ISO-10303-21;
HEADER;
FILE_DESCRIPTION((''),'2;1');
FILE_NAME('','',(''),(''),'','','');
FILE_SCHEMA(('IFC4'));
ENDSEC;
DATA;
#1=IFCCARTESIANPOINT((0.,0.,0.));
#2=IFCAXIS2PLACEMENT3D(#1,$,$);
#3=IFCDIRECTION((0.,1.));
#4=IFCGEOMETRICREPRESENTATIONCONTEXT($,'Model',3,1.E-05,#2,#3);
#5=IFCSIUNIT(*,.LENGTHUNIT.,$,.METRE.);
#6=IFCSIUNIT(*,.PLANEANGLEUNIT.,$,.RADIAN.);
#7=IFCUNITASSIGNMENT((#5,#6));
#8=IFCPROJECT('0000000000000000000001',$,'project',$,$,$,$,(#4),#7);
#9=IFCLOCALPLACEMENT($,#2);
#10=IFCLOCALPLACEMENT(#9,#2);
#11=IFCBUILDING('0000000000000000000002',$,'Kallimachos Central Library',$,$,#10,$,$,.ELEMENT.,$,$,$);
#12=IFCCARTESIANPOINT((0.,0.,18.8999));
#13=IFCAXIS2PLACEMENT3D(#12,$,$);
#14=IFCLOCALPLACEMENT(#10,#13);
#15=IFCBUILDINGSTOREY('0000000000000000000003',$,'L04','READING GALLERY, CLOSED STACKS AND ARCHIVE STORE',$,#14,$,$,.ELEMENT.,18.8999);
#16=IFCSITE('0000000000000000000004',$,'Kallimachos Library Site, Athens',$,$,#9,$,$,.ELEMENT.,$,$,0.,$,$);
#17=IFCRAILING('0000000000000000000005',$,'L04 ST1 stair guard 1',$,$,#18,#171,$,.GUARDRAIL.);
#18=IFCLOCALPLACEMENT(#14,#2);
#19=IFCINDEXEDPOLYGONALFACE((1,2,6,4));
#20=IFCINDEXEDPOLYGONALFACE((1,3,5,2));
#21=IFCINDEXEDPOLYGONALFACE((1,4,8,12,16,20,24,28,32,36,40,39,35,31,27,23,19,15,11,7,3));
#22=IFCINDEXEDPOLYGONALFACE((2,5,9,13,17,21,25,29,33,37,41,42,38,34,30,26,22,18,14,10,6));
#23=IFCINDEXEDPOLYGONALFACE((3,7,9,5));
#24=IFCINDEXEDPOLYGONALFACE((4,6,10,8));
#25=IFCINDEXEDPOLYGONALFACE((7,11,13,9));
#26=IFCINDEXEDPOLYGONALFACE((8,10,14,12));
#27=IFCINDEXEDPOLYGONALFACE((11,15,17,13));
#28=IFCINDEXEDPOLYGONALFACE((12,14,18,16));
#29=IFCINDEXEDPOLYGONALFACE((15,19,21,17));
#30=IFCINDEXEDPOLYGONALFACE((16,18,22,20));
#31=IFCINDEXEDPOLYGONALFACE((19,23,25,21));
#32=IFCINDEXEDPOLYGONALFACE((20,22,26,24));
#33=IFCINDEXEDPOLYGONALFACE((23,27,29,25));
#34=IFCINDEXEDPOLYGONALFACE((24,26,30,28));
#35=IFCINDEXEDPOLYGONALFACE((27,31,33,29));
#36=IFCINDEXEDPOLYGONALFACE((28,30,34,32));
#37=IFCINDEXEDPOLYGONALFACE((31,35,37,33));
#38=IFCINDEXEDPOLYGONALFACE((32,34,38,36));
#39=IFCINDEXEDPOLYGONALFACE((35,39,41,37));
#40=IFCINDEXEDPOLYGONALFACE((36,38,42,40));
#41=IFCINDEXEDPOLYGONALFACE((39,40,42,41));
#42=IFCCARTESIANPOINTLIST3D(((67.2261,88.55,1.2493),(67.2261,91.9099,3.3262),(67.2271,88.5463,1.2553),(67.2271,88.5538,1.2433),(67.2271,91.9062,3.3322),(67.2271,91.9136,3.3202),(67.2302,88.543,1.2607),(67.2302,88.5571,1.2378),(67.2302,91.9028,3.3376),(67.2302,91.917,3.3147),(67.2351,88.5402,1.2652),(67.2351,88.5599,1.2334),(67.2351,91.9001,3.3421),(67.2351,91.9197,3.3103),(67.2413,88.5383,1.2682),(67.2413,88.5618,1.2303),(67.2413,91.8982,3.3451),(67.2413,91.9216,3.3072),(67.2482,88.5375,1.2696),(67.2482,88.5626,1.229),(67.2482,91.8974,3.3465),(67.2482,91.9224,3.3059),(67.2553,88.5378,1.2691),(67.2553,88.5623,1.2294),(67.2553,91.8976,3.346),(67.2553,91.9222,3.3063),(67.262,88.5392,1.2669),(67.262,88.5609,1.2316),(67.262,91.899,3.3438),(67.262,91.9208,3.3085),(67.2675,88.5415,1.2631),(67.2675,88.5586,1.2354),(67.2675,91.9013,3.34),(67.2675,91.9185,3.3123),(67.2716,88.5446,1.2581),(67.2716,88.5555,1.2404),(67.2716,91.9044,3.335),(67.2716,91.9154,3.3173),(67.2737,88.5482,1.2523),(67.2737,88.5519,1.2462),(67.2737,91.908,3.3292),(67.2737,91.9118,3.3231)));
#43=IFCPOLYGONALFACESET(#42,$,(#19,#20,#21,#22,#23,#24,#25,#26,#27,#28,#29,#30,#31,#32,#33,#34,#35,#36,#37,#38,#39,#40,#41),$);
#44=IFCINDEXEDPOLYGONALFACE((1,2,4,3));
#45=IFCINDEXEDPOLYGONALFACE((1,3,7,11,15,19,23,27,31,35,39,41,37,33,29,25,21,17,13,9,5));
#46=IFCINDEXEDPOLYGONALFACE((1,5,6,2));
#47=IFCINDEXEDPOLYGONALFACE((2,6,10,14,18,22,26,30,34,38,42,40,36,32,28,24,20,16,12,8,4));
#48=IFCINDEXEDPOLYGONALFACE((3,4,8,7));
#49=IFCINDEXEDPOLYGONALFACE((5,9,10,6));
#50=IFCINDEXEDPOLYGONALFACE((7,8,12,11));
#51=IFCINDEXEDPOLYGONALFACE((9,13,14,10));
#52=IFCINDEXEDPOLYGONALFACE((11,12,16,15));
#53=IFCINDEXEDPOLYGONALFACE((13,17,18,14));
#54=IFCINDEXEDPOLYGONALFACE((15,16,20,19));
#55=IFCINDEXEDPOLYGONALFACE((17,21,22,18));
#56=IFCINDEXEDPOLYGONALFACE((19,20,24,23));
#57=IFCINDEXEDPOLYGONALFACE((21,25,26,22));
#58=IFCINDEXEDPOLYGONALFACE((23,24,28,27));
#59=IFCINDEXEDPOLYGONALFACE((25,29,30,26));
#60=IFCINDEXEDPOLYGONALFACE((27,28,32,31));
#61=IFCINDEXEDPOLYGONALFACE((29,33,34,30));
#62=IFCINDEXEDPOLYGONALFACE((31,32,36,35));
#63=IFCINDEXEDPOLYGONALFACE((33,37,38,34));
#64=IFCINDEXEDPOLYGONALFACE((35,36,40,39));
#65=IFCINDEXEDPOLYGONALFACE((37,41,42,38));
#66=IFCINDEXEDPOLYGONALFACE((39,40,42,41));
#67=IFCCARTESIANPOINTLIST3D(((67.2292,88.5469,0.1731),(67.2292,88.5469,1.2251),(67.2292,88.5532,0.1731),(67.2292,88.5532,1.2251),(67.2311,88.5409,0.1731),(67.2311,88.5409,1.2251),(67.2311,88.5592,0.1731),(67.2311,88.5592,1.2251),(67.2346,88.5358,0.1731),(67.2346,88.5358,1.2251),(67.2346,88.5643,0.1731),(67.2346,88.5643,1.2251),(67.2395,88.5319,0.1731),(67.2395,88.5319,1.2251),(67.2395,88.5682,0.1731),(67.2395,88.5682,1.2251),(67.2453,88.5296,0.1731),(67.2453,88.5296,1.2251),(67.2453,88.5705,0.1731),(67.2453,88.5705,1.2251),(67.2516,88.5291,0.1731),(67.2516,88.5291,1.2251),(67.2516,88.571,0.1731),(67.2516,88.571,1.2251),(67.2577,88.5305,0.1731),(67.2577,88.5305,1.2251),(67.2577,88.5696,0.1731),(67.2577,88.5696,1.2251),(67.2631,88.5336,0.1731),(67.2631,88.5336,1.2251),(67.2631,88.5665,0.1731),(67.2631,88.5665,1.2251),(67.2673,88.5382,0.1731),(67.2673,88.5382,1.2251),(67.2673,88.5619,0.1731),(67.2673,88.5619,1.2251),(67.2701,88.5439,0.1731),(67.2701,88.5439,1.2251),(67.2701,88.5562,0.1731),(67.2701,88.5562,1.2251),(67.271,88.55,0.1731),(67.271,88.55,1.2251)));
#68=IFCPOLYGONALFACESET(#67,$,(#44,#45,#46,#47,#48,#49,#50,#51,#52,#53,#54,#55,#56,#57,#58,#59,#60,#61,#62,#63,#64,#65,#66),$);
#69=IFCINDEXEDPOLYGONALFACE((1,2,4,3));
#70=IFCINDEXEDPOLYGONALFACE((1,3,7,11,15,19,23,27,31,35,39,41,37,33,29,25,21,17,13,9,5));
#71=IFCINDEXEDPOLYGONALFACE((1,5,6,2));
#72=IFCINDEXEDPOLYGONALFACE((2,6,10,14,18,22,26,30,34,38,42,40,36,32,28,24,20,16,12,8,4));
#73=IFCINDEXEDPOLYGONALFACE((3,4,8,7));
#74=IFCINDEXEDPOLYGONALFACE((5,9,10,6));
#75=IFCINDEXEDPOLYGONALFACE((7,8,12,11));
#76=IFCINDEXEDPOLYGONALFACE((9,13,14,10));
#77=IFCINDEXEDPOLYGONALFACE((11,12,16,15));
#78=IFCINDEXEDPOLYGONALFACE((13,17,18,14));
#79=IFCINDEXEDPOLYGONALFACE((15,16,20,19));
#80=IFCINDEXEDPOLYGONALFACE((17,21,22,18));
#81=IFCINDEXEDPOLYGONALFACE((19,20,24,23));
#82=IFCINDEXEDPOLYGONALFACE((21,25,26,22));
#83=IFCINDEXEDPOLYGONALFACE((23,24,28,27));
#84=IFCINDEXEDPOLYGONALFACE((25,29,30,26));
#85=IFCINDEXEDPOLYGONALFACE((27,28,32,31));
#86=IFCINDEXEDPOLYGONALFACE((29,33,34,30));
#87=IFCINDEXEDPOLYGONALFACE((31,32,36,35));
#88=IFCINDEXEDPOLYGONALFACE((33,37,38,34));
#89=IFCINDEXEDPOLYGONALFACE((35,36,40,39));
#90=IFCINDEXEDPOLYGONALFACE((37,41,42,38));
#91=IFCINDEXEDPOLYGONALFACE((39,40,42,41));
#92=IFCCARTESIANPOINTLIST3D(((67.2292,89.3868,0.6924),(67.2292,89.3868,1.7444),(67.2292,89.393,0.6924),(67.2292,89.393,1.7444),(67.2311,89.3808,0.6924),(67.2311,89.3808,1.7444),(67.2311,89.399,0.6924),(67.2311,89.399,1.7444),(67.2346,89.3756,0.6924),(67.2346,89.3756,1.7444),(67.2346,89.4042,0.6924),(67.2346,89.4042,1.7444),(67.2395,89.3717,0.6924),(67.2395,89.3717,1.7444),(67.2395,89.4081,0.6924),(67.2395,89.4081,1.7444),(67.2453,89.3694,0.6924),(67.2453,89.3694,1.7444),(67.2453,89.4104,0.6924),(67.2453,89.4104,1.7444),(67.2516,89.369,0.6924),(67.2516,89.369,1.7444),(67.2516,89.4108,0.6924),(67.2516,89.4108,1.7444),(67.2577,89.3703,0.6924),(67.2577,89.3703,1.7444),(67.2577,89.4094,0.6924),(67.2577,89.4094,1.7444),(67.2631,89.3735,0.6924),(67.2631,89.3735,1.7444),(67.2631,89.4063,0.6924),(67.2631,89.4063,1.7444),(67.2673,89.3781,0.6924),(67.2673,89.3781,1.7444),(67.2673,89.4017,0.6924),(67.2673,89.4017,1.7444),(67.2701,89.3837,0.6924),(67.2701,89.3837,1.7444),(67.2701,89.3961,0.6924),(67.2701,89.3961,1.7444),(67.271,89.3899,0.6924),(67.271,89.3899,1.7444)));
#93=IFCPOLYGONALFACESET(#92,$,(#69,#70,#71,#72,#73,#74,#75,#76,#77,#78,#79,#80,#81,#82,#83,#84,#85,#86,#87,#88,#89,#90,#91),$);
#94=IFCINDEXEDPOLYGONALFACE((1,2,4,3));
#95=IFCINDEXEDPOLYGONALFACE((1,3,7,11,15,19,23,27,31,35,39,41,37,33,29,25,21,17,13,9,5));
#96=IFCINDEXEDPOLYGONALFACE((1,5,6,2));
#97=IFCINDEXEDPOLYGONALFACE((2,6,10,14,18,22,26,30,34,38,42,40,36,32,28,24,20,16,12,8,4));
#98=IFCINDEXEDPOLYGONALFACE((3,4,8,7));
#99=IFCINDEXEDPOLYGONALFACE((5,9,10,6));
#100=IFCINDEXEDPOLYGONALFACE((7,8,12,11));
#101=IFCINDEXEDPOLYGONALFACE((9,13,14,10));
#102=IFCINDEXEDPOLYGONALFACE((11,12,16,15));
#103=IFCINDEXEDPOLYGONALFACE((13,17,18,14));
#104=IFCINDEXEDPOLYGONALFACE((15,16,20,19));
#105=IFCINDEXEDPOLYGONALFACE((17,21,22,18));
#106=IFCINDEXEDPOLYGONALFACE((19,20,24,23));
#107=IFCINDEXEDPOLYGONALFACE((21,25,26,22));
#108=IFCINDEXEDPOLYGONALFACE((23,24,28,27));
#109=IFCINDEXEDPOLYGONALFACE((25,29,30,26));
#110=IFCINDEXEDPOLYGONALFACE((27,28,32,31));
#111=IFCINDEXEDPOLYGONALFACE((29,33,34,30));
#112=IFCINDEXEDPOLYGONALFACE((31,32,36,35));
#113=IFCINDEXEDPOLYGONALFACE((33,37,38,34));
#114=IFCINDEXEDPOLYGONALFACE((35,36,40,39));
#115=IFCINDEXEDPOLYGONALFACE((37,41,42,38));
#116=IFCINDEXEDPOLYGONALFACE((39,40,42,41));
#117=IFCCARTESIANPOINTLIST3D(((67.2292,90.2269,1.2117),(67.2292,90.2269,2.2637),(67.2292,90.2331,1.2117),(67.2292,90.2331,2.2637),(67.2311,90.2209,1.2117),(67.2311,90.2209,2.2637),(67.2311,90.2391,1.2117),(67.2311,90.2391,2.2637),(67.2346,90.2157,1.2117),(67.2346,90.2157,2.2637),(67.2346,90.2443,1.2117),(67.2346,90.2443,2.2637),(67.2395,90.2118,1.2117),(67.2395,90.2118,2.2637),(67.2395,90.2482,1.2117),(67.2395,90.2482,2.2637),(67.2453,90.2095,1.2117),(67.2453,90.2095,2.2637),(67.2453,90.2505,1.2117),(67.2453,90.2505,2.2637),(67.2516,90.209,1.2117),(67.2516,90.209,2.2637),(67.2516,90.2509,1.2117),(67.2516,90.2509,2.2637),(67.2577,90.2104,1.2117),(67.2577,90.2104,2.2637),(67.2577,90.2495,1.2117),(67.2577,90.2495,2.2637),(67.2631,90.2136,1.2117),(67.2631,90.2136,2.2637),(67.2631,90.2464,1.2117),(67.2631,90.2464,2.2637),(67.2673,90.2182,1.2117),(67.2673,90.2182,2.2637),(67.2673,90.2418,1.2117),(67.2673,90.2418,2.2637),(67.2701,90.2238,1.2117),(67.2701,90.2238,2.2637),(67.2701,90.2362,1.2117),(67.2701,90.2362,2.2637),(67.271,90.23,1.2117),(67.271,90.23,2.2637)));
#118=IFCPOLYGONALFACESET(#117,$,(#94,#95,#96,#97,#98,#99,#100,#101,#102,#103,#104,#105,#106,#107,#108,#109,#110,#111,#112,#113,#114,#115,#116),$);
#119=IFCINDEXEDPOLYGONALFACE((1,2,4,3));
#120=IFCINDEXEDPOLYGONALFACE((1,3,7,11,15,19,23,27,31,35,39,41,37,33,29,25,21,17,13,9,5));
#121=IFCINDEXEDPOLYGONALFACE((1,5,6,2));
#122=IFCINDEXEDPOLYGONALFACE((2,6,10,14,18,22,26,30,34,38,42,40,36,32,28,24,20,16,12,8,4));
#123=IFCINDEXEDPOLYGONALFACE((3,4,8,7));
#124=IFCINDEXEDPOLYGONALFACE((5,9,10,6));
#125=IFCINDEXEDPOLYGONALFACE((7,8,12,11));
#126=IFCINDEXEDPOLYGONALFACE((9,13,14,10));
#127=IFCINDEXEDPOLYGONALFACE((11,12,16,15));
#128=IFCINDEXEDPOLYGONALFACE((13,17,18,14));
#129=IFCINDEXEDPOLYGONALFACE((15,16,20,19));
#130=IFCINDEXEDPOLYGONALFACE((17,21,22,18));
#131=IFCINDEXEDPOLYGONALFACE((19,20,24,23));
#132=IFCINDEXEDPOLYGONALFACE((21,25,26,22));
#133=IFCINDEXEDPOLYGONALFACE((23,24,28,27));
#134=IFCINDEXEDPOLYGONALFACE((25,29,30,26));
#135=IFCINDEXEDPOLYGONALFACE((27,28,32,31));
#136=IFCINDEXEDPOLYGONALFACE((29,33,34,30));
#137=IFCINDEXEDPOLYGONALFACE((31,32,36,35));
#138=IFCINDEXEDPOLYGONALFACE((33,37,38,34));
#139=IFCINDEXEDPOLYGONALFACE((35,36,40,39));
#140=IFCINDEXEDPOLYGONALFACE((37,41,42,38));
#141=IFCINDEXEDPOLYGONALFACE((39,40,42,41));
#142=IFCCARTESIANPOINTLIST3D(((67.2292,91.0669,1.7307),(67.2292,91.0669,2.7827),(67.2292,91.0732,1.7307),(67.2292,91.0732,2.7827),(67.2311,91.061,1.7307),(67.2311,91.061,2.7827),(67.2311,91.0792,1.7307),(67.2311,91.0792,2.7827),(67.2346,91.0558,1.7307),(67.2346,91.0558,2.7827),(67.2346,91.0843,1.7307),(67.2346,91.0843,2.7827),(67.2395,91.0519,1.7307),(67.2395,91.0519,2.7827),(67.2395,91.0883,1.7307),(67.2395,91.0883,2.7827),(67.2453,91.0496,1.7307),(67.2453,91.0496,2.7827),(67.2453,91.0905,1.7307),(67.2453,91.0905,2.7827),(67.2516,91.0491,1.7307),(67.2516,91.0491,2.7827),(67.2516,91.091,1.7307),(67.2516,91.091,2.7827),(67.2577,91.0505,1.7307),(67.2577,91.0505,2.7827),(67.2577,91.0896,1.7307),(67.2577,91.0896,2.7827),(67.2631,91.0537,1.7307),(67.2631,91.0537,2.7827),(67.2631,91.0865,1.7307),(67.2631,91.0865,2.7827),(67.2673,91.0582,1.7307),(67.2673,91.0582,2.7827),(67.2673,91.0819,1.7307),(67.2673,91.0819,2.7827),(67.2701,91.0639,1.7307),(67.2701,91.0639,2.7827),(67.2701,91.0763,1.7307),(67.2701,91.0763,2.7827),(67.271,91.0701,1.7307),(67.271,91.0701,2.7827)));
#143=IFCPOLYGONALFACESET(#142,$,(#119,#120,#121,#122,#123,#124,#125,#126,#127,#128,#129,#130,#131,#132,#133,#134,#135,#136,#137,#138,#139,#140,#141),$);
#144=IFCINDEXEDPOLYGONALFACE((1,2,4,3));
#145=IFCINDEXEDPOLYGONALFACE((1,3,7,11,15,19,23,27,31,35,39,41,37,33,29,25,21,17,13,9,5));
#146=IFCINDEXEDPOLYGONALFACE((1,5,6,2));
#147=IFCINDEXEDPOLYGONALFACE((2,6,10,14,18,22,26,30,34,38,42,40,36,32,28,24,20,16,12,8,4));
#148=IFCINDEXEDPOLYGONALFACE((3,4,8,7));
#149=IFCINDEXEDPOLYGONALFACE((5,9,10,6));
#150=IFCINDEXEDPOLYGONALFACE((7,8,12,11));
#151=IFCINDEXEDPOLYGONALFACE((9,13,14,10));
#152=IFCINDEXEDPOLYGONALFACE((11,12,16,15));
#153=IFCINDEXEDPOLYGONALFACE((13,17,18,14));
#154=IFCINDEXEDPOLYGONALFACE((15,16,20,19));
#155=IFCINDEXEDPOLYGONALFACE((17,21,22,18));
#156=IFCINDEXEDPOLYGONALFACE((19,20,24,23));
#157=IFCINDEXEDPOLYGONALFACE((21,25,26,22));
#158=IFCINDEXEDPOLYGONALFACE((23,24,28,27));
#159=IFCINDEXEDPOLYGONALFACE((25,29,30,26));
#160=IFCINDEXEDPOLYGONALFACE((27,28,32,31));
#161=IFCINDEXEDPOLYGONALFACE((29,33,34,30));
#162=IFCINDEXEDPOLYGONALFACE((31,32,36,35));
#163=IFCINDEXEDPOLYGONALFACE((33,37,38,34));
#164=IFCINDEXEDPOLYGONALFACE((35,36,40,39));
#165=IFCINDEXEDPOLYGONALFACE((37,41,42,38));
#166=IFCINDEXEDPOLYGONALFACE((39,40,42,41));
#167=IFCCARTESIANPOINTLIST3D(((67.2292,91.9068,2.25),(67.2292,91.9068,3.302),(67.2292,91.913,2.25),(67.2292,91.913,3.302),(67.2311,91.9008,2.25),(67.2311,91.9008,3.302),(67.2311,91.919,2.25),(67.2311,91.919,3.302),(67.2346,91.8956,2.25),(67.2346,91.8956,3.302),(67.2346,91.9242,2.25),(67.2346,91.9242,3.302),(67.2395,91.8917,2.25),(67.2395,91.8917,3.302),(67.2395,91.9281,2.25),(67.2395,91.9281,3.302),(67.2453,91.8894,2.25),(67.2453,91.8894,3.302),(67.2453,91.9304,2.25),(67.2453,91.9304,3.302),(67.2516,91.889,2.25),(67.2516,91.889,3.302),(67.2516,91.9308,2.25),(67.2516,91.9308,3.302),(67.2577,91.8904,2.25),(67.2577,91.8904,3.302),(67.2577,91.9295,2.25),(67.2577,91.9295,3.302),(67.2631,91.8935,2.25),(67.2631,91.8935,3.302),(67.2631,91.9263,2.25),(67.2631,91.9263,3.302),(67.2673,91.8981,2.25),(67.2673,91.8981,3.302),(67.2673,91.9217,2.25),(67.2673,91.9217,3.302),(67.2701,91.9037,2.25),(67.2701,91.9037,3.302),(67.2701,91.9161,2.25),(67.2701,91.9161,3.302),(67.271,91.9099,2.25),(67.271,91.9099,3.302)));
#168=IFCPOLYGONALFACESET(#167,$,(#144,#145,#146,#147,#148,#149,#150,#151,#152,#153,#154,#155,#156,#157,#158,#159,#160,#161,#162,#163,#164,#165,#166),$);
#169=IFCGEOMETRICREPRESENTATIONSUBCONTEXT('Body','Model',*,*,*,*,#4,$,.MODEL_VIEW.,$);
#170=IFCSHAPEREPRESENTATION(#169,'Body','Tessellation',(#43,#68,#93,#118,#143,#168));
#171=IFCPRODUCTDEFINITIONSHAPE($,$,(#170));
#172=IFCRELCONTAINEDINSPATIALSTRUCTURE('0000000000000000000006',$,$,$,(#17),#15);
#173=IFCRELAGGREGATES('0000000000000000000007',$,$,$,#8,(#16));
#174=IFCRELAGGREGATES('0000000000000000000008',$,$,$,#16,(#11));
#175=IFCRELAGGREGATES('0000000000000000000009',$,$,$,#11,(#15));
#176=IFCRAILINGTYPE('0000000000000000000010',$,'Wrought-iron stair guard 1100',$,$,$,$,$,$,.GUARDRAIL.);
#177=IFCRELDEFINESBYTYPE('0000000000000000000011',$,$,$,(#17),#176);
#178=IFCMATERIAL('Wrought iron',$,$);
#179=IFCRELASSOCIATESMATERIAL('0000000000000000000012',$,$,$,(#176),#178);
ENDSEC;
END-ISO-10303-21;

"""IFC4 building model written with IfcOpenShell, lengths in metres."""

from ifc_helpers import new_model, si_unit, direction, frame, origin, origin_2d, place, context, subcontext, project, spatial, circle, extrude, material, type_object, element, save


model = new_model("IFC4")

# Units and contexts
model_context = context("Model", 3, precision=1e-05, world=origin(), true_north=direction((0.0, 1.0)))
body_context = subcontext(model_context, "Body", "Model", "MODEL_VIEW")
ifc_project = project(units=[si_unit("LENGTHUNIT", "METRE"), si_unit("PLANEANGLEUNIT", "RADIAN")], contexts=[model_context])

# Site, building, storey
site_placement = place(None, origin())
site = spatial("IfcSite", under=ifc_project, at=site_placement, Name="Kallimachos Library Site, Athens", CompositionType="ELEMENT", RefElevation=0.0)
building_placement = place(site_placement, origin())
building = spatial("IfcBuilding", under=site, at=building_placement, Name="Kallimachos Central Library", CompositionType="ELEMENT")
storey_placement = place(building_placement, frame((0.0, 0.0, 18.8999)))
storey = spatial("IfcBuildingStorey", under=building, at=storey_placement, Name="L04", Description="READING GALLERY, CLOSED STACKS AND ARCHIVE STORE", CompositionType="ELEMENT", Elevation=18.8999)

# Railing
ifc_material_1 = material(Name="Wrought iron")
railing_type_1 = type_object("IfcRailingType", Name="Wrought-iron stair guard 1100", PredefinedType="GUARDRAIL", material=ifc_material_1)
railing_1_placement = place(storey_placement, frame((67.25, 88.55, 0.1731)))
element("IfcRailing", 1, at=railing_1_placement, inside=storey, type_object=railing_type_1, Name="L04 ST1 stair guard 1", PredefinedType="GUARDRAIL", context=body_context, shape_type="SweptSolid", body=[
    extrude(circle(Radius=0.0239, at=origin_2d()), frame((0.0, 0.0, 1.0762), z_axis=(0.0, 0.850606, 0.525803), x_axis=(-1.0, 0.0, 0.0)), (0.0, 0.0, 1.0), 3.95),
    extrude(circle(Radius=0.021, at=origin_2d()), origin(), (0.0, 0.0, 1.0), 1.052),
    extrude(circle(Radius=0.021, at=origin_2d()), frame((0.0, 0.8398, 0.5193)), (0.0, 0.0, 1.0), 1.052),
    extrude(circle(Radius=0.021, at=origin_2d()), frame((0.0, 1.6799, 1.0386)), (0.0, 0.0, 1.0), 1.052),
    extrude(circle(Radius=0.021, at=origin_2d()), frame((0.0, 2.52, 1.5576)), (0.0, 0.0, 1.0), 1.052),
    extrude(circle(Radius=0.021, at=origin_2d()), frame((0.0, 3.3599, 2.0769)), (0.0, 0.0, 1.0), 1.052),
])

save(model, "model.ifc")
